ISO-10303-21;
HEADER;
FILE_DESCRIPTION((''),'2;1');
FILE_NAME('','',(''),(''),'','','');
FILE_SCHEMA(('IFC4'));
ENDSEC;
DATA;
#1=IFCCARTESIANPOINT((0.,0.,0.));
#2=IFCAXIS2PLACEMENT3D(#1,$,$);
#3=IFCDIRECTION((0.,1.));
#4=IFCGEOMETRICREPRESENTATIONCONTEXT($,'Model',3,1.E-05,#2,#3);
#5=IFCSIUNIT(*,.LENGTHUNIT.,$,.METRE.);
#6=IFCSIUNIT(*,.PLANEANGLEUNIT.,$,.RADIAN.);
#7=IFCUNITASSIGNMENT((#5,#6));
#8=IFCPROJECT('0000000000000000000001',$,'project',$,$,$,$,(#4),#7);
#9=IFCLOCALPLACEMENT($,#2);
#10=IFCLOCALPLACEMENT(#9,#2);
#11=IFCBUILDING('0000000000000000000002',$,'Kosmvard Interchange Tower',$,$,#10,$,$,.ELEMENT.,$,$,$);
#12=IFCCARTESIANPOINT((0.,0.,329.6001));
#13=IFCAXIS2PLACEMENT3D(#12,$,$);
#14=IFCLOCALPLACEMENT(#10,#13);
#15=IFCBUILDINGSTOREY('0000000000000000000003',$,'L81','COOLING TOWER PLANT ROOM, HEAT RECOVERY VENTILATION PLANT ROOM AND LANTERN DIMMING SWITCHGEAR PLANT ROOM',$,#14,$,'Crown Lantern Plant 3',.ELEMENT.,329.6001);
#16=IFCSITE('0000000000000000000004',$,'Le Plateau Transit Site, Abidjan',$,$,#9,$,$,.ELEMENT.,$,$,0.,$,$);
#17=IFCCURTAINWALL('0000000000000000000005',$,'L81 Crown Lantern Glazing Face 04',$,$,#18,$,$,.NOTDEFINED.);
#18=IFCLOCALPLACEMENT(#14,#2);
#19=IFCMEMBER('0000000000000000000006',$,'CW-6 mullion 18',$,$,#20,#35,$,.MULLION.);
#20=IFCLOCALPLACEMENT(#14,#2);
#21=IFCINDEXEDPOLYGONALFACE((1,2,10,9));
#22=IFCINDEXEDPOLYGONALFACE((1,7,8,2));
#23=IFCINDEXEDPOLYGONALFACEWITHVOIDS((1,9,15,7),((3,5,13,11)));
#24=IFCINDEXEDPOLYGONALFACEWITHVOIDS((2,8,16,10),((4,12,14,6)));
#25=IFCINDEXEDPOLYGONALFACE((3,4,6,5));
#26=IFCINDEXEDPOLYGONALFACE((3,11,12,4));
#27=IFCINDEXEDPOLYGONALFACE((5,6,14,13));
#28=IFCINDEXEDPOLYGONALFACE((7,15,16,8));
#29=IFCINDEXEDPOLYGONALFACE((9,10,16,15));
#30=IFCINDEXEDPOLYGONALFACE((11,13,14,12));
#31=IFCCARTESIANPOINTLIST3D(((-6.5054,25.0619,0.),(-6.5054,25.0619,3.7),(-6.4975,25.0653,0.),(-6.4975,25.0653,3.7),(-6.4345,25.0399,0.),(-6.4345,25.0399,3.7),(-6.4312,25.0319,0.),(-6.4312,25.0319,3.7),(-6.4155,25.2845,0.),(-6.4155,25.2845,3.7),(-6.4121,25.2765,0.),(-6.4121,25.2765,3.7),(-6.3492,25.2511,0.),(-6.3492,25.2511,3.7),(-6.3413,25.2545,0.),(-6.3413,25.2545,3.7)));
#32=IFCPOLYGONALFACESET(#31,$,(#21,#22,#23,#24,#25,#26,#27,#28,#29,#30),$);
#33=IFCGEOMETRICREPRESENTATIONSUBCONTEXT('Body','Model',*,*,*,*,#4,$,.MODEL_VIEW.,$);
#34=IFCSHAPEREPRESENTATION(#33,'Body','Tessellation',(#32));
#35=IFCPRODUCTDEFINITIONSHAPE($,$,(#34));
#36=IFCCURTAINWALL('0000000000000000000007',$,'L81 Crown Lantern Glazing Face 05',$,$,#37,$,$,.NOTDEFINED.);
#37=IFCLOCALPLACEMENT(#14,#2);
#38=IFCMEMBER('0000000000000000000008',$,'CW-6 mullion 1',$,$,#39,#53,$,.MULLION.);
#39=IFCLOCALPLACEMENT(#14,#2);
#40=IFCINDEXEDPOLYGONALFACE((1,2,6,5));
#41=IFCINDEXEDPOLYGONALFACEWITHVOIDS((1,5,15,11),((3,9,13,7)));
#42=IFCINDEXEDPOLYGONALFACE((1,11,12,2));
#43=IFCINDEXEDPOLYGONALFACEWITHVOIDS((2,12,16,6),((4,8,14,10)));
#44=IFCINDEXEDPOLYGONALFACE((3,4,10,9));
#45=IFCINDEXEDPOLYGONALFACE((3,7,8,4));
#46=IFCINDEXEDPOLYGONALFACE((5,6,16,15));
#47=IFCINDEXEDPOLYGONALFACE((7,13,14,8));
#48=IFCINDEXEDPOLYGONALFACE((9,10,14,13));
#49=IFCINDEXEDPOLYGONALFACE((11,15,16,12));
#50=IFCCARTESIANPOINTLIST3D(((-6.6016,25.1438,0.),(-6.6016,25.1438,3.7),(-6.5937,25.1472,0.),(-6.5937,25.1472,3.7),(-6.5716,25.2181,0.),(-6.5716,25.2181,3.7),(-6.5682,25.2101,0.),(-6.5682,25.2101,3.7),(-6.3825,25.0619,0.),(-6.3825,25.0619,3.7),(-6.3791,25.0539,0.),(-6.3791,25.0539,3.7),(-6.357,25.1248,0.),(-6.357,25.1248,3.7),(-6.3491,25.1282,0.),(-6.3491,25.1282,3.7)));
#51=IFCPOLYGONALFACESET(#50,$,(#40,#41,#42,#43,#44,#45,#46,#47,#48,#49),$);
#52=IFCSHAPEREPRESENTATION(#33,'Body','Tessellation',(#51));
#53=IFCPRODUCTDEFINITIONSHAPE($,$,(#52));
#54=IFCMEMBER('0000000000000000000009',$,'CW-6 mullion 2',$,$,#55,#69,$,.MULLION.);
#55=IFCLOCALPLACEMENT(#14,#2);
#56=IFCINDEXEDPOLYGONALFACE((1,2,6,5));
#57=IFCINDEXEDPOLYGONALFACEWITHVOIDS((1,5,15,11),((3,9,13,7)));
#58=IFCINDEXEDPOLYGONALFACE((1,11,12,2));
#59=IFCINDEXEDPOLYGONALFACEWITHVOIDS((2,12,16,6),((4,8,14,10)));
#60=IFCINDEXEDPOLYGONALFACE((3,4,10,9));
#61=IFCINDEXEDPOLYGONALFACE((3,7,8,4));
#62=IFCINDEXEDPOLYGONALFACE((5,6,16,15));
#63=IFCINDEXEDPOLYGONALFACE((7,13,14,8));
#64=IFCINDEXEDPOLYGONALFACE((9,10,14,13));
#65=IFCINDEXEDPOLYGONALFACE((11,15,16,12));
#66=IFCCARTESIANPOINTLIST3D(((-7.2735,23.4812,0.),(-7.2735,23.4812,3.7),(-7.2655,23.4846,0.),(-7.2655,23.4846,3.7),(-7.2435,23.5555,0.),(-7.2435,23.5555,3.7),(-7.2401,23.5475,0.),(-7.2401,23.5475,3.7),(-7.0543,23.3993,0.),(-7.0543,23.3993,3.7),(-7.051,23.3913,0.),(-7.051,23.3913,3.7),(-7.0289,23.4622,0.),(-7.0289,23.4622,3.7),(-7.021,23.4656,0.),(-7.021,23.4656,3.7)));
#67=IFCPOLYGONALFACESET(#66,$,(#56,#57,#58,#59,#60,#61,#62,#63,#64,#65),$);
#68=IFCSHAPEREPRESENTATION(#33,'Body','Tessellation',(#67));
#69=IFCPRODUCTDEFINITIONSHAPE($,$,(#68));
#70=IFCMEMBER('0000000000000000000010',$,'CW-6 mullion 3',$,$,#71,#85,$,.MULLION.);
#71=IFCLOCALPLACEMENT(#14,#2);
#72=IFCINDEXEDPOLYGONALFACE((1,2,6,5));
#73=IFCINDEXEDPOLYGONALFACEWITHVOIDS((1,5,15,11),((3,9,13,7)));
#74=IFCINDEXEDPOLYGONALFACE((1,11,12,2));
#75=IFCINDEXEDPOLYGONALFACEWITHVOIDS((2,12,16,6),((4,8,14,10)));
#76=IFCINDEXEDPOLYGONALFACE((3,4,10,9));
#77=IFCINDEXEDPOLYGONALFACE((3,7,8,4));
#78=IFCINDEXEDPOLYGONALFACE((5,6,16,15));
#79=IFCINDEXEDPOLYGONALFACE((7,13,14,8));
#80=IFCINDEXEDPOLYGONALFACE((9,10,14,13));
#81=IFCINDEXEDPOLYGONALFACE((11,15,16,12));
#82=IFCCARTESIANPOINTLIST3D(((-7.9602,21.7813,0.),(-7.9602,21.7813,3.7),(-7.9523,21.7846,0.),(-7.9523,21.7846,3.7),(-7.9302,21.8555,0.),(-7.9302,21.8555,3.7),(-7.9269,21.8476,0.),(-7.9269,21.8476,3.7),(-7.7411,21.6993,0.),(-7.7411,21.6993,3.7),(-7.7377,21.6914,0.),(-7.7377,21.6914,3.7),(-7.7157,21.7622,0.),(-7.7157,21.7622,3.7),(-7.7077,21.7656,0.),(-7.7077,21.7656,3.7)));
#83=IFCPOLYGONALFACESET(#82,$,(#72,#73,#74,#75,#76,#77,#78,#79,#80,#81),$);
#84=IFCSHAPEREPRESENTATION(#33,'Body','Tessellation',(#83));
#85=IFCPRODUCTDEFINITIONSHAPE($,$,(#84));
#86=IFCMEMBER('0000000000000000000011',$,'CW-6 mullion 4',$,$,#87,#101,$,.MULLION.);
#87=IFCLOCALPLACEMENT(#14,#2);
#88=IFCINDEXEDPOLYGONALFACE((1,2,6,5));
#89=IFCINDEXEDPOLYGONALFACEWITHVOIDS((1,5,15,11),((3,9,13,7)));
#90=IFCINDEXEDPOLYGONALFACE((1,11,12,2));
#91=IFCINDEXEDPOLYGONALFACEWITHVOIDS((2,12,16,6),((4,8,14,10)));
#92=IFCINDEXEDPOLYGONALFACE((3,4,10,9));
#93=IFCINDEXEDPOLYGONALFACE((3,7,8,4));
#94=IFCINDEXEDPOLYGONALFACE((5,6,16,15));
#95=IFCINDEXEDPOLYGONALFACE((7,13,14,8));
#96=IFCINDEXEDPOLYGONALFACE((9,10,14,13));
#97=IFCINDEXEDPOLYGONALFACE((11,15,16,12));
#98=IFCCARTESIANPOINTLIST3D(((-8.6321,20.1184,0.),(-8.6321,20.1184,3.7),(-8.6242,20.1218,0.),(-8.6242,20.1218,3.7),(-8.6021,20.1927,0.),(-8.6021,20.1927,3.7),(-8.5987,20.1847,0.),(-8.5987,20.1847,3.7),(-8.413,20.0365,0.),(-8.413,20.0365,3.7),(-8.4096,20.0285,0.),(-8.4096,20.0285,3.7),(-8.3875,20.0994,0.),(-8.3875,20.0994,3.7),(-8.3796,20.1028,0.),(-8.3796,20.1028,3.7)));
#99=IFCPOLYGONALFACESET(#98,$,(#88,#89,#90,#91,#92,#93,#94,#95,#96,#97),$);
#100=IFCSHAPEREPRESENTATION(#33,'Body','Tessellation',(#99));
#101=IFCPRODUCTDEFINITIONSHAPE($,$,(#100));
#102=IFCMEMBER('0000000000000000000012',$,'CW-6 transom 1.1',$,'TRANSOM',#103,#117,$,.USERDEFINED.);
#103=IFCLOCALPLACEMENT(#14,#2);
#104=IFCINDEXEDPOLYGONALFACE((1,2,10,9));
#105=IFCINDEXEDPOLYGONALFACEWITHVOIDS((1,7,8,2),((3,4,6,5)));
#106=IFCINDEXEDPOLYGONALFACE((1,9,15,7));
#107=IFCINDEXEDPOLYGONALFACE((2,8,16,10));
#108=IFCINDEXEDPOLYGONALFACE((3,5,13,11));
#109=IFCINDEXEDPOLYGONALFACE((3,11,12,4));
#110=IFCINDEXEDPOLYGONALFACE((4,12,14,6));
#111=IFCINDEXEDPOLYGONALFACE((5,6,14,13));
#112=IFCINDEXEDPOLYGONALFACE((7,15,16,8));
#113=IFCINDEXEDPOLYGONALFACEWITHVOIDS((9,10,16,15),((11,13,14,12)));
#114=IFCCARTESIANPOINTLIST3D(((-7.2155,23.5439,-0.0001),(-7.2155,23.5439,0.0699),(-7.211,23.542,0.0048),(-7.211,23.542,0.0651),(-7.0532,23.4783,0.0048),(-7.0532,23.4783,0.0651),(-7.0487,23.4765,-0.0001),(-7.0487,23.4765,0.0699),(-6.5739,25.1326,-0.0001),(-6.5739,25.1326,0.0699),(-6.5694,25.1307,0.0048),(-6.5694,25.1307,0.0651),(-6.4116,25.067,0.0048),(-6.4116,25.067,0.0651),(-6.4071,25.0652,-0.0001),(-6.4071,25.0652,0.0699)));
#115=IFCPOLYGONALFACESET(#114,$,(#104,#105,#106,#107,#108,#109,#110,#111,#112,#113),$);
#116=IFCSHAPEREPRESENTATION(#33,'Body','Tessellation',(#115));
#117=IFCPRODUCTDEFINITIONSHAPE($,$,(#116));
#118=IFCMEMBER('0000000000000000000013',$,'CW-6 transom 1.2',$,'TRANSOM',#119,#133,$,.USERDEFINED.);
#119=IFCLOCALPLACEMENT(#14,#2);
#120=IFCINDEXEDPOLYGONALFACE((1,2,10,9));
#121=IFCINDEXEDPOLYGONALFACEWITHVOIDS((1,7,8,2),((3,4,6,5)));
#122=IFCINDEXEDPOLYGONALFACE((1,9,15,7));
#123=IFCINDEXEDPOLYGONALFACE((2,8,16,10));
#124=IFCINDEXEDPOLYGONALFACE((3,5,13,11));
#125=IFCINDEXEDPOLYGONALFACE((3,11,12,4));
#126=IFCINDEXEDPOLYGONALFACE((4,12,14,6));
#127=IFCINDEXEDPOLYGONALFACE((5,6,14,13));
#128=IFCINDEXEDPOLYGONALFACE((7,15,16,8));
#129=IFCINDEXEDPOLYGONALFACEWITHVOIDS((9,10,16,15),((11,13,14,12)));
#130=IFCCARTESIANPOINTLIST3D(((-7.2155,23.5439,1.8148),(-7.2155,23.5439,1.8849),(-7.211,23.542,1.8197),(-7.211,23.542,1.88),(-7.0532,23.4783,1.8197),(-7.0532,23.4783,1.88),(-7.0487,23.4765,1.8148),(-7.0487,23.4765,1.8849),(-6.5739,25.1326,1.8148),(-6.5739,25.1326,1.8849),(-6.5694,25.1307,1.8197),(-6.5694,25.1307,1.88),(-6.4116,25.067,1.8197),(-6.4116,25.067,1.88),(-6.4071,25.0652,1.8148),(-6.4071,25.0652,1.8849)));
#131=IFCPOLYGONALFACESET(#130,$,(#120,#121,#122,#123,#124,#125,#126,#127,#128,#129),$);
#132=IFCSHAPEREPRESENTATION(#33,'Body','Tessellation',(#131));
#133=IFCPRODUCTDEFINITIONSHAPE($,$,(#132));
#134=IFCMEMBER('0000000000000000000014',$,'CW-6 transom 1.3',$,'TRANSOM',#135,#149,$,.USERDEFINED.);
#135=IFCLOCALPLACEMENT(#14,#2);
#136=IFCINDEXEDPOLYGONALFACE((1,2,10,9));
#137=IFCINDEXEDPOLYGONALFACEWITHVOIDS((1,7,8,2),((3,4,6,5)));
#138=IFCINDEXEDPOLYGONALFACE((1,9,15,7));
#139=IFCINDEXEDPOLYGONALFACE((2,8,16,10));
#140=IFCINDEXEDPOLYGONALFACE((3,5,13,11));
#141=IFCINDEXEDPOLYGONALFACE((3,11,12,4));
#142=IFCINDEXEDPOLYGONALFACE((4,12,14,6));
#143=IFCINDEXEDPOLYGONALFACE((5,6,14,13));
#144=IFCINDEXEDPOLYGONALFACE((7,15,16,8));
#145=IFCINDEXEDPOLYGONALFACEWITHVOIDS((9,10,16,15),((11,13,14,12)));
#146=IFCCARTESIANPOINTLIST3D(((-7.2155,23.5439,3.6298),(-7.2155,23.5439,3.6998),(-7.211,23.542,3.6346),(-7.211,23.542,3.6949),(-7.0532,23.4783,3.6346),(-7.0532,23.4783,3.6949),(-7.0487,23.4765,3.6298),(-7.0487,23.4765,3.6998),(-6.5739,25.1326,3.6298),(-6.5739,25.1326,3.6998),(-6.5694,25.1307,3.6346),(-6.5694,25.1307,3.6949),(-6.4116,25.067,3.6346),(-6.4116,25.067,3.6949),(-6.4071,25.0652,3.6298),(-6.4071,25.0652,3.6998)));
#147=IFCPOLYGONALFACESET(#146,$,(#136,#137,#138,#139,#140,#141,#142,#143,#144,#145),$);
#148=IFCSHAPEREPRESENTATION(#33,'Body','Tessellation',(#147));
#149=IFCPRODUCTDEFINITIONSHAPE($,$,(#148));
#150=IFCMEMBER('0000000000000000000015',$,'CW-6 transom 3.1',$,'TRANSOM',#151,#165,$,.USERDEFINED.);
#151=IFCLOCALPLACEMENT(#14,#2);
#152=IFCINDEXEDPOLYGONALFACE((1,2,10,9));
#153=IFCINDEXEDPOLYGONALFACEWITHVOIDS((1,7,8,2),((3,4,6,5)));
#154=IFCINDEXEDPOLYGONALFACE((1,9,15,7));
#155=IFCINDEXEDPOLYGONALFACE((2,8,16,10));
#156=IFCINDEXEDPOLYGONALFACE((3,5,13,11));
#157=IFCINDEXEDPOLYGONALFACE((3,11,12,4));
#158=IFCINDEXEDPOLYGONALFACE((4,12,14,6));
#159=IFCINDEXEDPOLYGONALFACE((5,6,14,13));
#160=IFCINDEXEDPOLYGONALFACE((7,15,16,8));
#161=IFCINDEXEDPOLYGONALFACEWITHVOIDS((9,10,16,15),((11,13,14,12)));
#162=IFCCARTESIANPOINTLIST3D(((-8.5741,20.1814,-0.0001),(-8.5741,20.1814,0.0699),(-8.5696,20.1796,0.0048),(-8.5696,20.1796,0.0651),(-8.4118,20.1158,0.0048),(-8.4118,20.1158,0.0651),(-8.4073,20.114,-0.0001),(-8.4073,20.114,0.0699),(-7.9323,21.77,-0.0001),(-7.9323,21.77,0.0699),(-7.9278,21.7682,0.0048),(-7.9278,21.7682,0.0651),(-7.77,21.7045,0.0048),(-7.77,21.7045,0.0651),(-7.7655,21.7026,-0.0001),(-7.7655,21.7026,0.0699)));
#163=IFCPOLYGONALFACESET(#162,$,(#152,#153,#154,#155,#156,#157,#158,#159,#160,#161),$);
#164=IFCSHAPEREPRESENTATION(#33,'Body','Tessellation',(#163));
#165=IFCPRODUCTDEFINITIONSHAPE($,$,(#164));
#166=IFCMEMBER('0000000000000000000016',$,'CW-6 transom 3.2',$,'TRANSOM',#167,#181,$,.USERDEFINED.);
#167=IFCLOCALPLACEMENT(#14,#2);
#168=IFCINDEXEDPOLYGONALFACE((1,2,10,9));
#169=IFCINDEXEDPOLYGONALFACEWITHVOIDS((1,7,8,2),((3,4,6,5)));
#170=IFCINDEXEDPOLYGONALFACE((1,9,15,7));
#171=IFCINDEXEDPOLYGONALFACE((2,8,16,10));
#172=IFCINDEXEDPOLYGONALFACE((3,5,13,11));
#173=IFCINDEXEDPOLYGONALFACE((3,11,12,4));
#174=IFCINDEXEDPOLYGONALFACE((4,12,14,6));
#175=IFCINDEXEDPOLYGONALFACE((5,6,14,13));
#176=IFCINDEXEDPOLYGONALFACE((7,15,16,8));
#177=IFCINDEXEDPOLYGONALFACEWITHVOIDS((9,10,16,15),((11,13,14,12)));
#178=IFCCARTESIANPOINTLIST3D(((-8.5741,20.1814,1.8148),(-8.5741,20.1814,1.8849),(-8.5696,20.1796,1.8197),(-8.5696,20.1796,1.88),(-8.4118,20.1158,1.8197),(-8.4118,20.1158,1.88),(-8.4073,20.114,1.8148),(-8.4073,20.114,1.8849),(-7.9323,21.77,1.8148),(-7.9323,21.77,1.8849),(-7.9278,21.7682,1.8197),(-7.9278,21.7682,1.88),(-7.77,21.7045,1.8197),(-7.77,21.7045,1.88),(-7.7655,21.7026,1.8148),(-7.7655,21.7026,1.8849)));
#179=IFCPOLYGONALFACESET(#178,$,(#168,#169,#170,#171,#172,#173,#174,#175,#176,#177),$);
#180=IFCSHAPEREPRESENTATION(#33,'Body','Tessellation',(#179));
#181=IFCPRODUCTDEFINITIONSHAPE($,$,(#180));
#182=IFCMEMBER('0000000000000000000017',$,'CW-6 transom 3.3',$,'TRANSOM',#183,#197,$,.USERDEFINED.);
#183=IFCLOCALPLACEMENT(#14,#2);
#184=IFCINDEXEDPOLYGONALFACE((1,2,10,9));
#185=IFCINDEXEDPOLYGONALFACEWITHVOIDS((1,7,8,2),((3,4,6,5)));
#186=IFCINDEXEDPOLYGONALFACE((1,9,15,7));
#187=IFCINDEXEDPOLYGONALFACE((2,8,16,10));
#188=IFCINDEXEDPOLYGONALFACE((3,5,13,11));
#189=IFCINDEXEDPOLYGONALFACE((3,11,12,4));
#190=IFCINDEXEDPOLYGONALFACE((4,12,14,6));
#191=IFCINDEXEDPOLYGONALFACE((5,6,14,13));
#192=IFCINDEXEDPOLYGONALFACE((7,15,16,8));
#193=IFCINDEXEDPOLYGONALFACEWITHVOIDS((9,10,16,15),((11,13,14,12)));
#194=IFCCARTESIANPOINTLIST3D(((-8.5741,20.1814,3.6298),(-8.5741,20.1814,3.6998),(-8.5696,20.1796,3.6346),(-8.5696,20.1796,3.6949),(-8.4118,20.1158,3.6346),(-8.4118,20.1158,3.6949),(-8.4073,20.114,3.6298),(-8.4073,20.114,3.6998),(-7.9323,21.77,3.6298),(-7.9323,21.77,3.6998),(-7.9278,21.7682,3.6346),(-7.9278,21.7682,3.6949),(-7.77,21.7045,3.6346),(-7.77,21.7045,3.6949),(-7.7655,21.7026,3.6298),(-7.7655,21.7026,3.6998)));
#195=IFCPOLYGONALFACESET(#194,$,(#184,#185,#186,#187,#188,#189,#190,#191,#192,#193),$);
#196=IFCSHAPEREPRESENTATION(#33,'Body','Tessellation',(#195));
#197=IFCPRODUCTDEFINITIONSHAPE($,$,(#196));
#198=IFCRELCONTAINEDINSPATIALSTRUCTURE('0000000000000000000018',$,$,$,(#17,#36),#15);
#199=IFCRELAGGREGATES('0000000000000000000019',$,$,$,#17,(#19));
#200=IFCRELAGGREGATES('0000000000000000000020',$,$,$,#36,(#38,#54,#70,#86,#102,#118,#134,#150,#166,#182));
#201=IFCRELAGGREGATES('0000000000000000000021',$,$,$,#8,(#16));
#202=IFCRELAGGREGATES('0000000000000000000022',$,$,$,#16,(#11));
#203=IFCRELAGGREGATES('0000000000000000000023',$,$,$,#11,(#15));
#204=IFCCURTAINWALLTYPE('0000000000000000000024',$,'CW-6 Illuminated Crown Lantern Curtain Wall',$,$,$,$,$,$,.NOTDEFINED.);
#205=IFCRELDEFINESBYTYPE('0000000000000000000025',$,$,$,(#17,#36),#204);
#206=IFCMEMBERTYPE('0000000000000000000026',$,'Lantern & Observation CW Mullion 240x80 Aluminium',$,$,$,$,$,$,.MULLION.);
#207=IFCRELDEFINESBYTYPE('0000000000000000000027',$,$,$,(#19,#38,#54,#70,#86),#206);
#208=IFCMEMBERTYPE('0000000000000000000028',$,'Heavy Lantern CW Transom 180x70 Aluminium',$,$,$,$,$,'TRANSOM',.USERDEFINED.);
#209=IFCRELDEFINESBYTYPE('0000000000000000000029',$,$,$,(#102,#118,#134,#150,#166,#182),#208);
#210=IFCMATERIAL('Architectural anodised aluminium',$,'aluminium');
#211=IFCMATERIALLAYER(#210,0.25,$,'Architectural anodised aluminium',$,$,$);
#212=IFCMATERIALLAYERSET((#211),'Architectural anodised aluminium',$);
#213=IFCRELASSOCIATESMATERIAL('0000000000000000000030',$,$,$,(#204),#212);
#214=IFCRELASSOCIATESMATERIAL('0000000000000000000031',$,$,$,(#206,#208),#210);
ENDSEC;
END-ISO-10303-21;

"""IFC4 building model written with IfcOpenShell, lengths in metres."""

from ifc_helpers import new_model, si_unit, direction, frame, origin, origin_2d, place, context, subcontext, project, spatial, hollow_rectangle, extrude, source, transform, mapped, material, layer, layer_set, material_profile, profile_set, type_object, element, aggregate, save


model = new_model("IFC4")

# Units and contexts
model_context = context("Model", 3, precision=1e-05, world=origin(), true_north=direction((0.0, 1.0)))
body_context = subcontext(model_context, "Body", "Model", "MODEL_VIEW")
ifc_project = project(units=[si_unit("LENGTHUNIT", "METRE"), si_unit("PLANEANGLEUNIT", "RADIAN")], contexts=[model_context])

# Site, building, storey
site_placement = place(None, origin())
site = spatial("IfcSite", under=ifc_project, at=site_placement, Name="Le Plateau Transit Site, Abidjan", CompositionType="ELEMENT", RefElevation=0.0)
building_placement = place(site_placement, origin())
building = spatial("IfcBuilding", under=site, at=building_placement, Name="Kosmvard Interchange Tower", CompositionType="ELEMENT")
storey_placement = place(building_placement, frame((0.0, 0.0, 329.6001)))
storey = spatial("IfcBuildingStorey", under=building, at=storey_placement, Name="L81", Description="COOLING TOWER PLANT ROOM, HEAT RECOVERY VENTILATION PLANT ROOM AND LANTERN DIMMING SWITCHGEAR PLANT ROOM", LongName="Crown Lantern Plant 3", CompositionType="ELEMENT", Elevation=329.6001)

# Curtain wall, member
ifc_material_1 = material(Name="Architectural anodised aluminium", Category="aluminium")
ifc_layer_1 = layer(ifc_material_1, 0.25, Name="Architectural anodised aluminium")
ifc_layer_set_1 = layer_set([ifc_layer_1], Name="Architectural anodised aluminium")
curtain_wall_type = type_object("IfcCurtainWallType", Name="CW-6 Illuminated Crown Lantern Curtain Wall", PredefinedType="NOTDEFINED", material=ifc_layer_set_1)
curtain_wall_1_placement = place(storey_placement, origin())
curtain_wall_1 = element("IfcCurtainWall", 1, at=curtain_wall_1_placement, inside=storey, type_object=curtain_wall_type, Name="L81 Crown Lantern Glazing Face 04", PredefinedType="NOTDEFINED")
ifc_material_profile_1 = material_profile(ifc_material_1, hollow_rectangle(XDim=0.24, YDim=0.0801, WallThickness=0.0061, at=origin_2d()), Name="CWM 240x80x6")
ifc_profile_set_1 = profile_set([ifc_material_profile_1], Name="Architectural anodised aluminium")
member_type_1 = type_object("IfcMemberType", Name="Lantern & Observation CW Mullion 240x80 Aluminium", PredefinedType="MULLION", material=ifc_profile_set_1)
shared_shape_1 = source(origin(), body_context, "Body", "SweptSolid", [
    extrude(hollow_rectangle(XDim=0.24, YDim=0.0801, WallThickness=0.0061, at=origin_2d()), origin(), (0.0, 0.0, 1.0), 3.7),
])
member_1_placement = place(storey_placement, frame((-6.4233, 25.1582, 0.0), z_axis=(0.0, 0.0, 1.0), x_axis=(-0.374607, -0.927184, 0.0)))
member_1 = element("IfcMember", 2, at=member_1_placement, type_object=member_type_1, Name="CW-6 mullion 18", PredefinedType="MULLION", context=body_context, shape_type="MappedRepresentation", body=[
    mapped(shared_shape_1, transform((0.0, 0.0, 0.0), scale=1.0)),
])

# Curtain wall, members
curtain_wall_2_placement = place(storey_placement, origin())
curtain_wall_2 = element("IfcCurtainWall", 3, at=curtain_wall_2_placement, inside=storey, type_object=curtain_wall_type, Name="L81 Crown Lantern Glazing Face 05", PredefinedType="NOTDEFINED")
member_2_placement = place(storey_placement, frame((-6.4753, 25.136, 0.0), z_axis=(0.0, 0.0, 1.0), x_axis=(0.927184, -0.374607, 0.0)))
member_2 = element("IfcMember", 4, at=member_2_placement, type_object=member_type_1, Name="CW-6 mullion 1", PredefinedType="MULLION", context=body_context, shape_type="MappedRepresentation", body=[
    mapped(shared_shape_1, transform((0.0, 0.0, 0.0), scale=1.0)),
])
member_3_placement = place(storey_placement, frame((-7.1472, 23.4734, 0.0), z_axis=(0.0, 0.0, 1.0), x_axis=(0.927184, -0.374607, 0.0)))
member_3 = element("IfcMember", 5, at=member_3_placement, type_object=member_type_1, Name="CW-6 mullion 2", PredefinedType="MULLION", context=body_context, shape_type="MappedRepresentation", body=[
    mapped(shared_shape_1, transform((0.0, 0.0, 0.0), scale=1.0)),
])
member_4_placement = place(storey_placement, frame((-7.834, 21.7734, 0.0), z_axis=(0.0, 0.0, 1.0), x_axis=(0.927184, -0.374607, 0.0)))
member_4 = element("IfcMember", 6, at=member_4_placement, type_object=member_type_1, Name="CW-6 mullion 3", PredefinedType="MULLION", context=body_context, shape_type="MappedRepresentation", body=[
    mapped(shared_shape_1, transform((0.0, 0.0, 0.0), scale=1.0)),
])
member_5_placement = place(storey_placement, frame((-8.5059, 20.1106, 0.0), z_axis=(0.0, 0.0, 1.0), x_axis=(0.927184, -0.374607, 0.0)))
member_5 = element("IfcMember", 7, at=member_5_placement, type_object=member_type_1, Name="CW-6 mullion 4", PredefinedType="MULLION", context=body_context, shape_type="MappedRepresentation", body=[
    mapped(shared_shape_1, transform((0.0, 0.0, 0.0), scale=1.0)),
])
ifc_material_profile_2 = material_profile(ifc_material_1, hollow_rectangle(XDim=0.1799, YDim=0.0701, WallThickness=0.0049, at=origin_2d()), Name="CWT 180x70x5")
ifc_profile_set_2 = profile_set([ifc_material_profile_2], Name="Architectural anodised aluminium")
member_type_2 = type_object("IfcMemberType", Name="Heavy Lantern CW Transom 180x70 Aluminium", ElementType="TRANSOM", PredefinedType="USERDEFINED", material=ifc_profile_set_2)
shared_shape_2 = source(origin(), body_context, "Body", "SweptSolid", [
    extrude(hollow_rectangle(XDim=0.1799, YDim=0.0701, WallThickness=0.0049, at=origin_2d()), origin(), (0.0, 0.0, 1.0), 1.7134),
])
member_6_placement = place(storey_placement, frame((-6.4905, 25.0989, 0.0349), z_axis=(-0.374484, -0.927233, 0.0), x_axis=(0.927233, -0.374484, 0.0)))
member_6 = element("IfcMember", 8, at=member_6_placement, type_object=member_type_2, Name="CW-6 transom 1.1", ObjectType="TRANSOM", PredefinedType="USERDEFINED", context=body_context, shape_type="MappedRepresentation", body=[
    mapped(shared_shape_2, transform((0.0, 0.0, 0.0), scale=1.0)),
])
member_7_placement = place(storey_placement, frame((-6.4905, 25.0989, 1.8499), z_axis=(-0.374484, -0.927233, 0.0), x_axis=(0.927233, -0.374484, 0.0)))
member_7 = element("IfcMember", 9, at=member_7_placement, type_object=member_type_2, Name="CW-6 transom 1.2", ObjectType="TRANSOM", PredefinedType="USERDEFINED", context=body_context, shape_type="MappedRepresentation", body=[
    mapped(shared_shape_2, transform((0.0, 0.0, 0.0), scale=1.0)),
])
member_8_placement = place(storey_placement, frame((-6.4905, 25.0989, 3.6648), z_axis=(-0.374484, -0.927233, 0.0), x_axis=(0.927233, -0.374484, 0.0)))
member_8 = element("IfcMember", 10, at=member_8_placement, type_object=member_type_2, Name="CW-6 transom 1.3", ObjectType="TRANSOM", PredefinedType="USERDEFINED", context=body_context, shape_type="MappedRepresentation", body=[
    mapped(shared_shape_2, transform((0.0, 0.0, 0.0), scale=1.0)),
])
member_9_placement = place(storey_placement, frame((-7.8489, 21.7363, 0.0349), z_axis=(-0.374607, -0.927184, 0.0), x_axis=(0.927184, -0.374607, 0.0)))
member_9 = element("IfcMember", 11, at=member_9_placement, type_object=member_type_2, Name="CW-6 transom 3.1", ObjectType="TRANSOM", PredefinedType="USERDEFINED", context=body_context, shape_type="MappedRepresentation", body=[
    mapped(shared_shape_2, transform((0.0, 0.0, 0.0), scale=1.0)),
])
member_10_placement = place(storey_placement, frame((-7.8489, 21.7363, 1.8499), z_axis=(-0.374607, -0.927184, 0.0), x_axis=(0.927184, -0.374607, 0.0)))
member_10 = element("IfcMember", 12, at=member_10_placement, type_object=member_type_2, Name="CW-6 transom 3.2", ObjectType="TRANSOM", PredefinedType="USERDEFINED", context=body_context, shape_type="MappedRepresentation", body=[
    mapped(shared_shape_2, transform((0.0, 0.0, 0.0), scale=1.0)),
])
member_11_placement = place(storey_placement, frame((-7.8489, 21.7363, 3.6648), z_axis=(-0.374607, -0.927184, 0.0), x_axis=(0.927184, -0.374607, 0.0)))
member_11 = element("IfcMember", 13, at=member_11_placement, type_object=member_type_2, Name="CW-6 transom 3.3", ObjectType="TRANSOM", PredefinedType="USERDEFINED", context=body_context, shape_type="MappedRepresentation", body=[
    mapped(shared_shape_2, transform((0.0, 0.0, 0.0), scale=1.0)),
])

aggregate(curtain_wall_1, [member_1])
aggregate(curtain_wall_2, [member_2, member_3, member_4, member_5, member_6, member_7, member_8, member_9, member_10, member_11])

save(model, "model.ifc")
